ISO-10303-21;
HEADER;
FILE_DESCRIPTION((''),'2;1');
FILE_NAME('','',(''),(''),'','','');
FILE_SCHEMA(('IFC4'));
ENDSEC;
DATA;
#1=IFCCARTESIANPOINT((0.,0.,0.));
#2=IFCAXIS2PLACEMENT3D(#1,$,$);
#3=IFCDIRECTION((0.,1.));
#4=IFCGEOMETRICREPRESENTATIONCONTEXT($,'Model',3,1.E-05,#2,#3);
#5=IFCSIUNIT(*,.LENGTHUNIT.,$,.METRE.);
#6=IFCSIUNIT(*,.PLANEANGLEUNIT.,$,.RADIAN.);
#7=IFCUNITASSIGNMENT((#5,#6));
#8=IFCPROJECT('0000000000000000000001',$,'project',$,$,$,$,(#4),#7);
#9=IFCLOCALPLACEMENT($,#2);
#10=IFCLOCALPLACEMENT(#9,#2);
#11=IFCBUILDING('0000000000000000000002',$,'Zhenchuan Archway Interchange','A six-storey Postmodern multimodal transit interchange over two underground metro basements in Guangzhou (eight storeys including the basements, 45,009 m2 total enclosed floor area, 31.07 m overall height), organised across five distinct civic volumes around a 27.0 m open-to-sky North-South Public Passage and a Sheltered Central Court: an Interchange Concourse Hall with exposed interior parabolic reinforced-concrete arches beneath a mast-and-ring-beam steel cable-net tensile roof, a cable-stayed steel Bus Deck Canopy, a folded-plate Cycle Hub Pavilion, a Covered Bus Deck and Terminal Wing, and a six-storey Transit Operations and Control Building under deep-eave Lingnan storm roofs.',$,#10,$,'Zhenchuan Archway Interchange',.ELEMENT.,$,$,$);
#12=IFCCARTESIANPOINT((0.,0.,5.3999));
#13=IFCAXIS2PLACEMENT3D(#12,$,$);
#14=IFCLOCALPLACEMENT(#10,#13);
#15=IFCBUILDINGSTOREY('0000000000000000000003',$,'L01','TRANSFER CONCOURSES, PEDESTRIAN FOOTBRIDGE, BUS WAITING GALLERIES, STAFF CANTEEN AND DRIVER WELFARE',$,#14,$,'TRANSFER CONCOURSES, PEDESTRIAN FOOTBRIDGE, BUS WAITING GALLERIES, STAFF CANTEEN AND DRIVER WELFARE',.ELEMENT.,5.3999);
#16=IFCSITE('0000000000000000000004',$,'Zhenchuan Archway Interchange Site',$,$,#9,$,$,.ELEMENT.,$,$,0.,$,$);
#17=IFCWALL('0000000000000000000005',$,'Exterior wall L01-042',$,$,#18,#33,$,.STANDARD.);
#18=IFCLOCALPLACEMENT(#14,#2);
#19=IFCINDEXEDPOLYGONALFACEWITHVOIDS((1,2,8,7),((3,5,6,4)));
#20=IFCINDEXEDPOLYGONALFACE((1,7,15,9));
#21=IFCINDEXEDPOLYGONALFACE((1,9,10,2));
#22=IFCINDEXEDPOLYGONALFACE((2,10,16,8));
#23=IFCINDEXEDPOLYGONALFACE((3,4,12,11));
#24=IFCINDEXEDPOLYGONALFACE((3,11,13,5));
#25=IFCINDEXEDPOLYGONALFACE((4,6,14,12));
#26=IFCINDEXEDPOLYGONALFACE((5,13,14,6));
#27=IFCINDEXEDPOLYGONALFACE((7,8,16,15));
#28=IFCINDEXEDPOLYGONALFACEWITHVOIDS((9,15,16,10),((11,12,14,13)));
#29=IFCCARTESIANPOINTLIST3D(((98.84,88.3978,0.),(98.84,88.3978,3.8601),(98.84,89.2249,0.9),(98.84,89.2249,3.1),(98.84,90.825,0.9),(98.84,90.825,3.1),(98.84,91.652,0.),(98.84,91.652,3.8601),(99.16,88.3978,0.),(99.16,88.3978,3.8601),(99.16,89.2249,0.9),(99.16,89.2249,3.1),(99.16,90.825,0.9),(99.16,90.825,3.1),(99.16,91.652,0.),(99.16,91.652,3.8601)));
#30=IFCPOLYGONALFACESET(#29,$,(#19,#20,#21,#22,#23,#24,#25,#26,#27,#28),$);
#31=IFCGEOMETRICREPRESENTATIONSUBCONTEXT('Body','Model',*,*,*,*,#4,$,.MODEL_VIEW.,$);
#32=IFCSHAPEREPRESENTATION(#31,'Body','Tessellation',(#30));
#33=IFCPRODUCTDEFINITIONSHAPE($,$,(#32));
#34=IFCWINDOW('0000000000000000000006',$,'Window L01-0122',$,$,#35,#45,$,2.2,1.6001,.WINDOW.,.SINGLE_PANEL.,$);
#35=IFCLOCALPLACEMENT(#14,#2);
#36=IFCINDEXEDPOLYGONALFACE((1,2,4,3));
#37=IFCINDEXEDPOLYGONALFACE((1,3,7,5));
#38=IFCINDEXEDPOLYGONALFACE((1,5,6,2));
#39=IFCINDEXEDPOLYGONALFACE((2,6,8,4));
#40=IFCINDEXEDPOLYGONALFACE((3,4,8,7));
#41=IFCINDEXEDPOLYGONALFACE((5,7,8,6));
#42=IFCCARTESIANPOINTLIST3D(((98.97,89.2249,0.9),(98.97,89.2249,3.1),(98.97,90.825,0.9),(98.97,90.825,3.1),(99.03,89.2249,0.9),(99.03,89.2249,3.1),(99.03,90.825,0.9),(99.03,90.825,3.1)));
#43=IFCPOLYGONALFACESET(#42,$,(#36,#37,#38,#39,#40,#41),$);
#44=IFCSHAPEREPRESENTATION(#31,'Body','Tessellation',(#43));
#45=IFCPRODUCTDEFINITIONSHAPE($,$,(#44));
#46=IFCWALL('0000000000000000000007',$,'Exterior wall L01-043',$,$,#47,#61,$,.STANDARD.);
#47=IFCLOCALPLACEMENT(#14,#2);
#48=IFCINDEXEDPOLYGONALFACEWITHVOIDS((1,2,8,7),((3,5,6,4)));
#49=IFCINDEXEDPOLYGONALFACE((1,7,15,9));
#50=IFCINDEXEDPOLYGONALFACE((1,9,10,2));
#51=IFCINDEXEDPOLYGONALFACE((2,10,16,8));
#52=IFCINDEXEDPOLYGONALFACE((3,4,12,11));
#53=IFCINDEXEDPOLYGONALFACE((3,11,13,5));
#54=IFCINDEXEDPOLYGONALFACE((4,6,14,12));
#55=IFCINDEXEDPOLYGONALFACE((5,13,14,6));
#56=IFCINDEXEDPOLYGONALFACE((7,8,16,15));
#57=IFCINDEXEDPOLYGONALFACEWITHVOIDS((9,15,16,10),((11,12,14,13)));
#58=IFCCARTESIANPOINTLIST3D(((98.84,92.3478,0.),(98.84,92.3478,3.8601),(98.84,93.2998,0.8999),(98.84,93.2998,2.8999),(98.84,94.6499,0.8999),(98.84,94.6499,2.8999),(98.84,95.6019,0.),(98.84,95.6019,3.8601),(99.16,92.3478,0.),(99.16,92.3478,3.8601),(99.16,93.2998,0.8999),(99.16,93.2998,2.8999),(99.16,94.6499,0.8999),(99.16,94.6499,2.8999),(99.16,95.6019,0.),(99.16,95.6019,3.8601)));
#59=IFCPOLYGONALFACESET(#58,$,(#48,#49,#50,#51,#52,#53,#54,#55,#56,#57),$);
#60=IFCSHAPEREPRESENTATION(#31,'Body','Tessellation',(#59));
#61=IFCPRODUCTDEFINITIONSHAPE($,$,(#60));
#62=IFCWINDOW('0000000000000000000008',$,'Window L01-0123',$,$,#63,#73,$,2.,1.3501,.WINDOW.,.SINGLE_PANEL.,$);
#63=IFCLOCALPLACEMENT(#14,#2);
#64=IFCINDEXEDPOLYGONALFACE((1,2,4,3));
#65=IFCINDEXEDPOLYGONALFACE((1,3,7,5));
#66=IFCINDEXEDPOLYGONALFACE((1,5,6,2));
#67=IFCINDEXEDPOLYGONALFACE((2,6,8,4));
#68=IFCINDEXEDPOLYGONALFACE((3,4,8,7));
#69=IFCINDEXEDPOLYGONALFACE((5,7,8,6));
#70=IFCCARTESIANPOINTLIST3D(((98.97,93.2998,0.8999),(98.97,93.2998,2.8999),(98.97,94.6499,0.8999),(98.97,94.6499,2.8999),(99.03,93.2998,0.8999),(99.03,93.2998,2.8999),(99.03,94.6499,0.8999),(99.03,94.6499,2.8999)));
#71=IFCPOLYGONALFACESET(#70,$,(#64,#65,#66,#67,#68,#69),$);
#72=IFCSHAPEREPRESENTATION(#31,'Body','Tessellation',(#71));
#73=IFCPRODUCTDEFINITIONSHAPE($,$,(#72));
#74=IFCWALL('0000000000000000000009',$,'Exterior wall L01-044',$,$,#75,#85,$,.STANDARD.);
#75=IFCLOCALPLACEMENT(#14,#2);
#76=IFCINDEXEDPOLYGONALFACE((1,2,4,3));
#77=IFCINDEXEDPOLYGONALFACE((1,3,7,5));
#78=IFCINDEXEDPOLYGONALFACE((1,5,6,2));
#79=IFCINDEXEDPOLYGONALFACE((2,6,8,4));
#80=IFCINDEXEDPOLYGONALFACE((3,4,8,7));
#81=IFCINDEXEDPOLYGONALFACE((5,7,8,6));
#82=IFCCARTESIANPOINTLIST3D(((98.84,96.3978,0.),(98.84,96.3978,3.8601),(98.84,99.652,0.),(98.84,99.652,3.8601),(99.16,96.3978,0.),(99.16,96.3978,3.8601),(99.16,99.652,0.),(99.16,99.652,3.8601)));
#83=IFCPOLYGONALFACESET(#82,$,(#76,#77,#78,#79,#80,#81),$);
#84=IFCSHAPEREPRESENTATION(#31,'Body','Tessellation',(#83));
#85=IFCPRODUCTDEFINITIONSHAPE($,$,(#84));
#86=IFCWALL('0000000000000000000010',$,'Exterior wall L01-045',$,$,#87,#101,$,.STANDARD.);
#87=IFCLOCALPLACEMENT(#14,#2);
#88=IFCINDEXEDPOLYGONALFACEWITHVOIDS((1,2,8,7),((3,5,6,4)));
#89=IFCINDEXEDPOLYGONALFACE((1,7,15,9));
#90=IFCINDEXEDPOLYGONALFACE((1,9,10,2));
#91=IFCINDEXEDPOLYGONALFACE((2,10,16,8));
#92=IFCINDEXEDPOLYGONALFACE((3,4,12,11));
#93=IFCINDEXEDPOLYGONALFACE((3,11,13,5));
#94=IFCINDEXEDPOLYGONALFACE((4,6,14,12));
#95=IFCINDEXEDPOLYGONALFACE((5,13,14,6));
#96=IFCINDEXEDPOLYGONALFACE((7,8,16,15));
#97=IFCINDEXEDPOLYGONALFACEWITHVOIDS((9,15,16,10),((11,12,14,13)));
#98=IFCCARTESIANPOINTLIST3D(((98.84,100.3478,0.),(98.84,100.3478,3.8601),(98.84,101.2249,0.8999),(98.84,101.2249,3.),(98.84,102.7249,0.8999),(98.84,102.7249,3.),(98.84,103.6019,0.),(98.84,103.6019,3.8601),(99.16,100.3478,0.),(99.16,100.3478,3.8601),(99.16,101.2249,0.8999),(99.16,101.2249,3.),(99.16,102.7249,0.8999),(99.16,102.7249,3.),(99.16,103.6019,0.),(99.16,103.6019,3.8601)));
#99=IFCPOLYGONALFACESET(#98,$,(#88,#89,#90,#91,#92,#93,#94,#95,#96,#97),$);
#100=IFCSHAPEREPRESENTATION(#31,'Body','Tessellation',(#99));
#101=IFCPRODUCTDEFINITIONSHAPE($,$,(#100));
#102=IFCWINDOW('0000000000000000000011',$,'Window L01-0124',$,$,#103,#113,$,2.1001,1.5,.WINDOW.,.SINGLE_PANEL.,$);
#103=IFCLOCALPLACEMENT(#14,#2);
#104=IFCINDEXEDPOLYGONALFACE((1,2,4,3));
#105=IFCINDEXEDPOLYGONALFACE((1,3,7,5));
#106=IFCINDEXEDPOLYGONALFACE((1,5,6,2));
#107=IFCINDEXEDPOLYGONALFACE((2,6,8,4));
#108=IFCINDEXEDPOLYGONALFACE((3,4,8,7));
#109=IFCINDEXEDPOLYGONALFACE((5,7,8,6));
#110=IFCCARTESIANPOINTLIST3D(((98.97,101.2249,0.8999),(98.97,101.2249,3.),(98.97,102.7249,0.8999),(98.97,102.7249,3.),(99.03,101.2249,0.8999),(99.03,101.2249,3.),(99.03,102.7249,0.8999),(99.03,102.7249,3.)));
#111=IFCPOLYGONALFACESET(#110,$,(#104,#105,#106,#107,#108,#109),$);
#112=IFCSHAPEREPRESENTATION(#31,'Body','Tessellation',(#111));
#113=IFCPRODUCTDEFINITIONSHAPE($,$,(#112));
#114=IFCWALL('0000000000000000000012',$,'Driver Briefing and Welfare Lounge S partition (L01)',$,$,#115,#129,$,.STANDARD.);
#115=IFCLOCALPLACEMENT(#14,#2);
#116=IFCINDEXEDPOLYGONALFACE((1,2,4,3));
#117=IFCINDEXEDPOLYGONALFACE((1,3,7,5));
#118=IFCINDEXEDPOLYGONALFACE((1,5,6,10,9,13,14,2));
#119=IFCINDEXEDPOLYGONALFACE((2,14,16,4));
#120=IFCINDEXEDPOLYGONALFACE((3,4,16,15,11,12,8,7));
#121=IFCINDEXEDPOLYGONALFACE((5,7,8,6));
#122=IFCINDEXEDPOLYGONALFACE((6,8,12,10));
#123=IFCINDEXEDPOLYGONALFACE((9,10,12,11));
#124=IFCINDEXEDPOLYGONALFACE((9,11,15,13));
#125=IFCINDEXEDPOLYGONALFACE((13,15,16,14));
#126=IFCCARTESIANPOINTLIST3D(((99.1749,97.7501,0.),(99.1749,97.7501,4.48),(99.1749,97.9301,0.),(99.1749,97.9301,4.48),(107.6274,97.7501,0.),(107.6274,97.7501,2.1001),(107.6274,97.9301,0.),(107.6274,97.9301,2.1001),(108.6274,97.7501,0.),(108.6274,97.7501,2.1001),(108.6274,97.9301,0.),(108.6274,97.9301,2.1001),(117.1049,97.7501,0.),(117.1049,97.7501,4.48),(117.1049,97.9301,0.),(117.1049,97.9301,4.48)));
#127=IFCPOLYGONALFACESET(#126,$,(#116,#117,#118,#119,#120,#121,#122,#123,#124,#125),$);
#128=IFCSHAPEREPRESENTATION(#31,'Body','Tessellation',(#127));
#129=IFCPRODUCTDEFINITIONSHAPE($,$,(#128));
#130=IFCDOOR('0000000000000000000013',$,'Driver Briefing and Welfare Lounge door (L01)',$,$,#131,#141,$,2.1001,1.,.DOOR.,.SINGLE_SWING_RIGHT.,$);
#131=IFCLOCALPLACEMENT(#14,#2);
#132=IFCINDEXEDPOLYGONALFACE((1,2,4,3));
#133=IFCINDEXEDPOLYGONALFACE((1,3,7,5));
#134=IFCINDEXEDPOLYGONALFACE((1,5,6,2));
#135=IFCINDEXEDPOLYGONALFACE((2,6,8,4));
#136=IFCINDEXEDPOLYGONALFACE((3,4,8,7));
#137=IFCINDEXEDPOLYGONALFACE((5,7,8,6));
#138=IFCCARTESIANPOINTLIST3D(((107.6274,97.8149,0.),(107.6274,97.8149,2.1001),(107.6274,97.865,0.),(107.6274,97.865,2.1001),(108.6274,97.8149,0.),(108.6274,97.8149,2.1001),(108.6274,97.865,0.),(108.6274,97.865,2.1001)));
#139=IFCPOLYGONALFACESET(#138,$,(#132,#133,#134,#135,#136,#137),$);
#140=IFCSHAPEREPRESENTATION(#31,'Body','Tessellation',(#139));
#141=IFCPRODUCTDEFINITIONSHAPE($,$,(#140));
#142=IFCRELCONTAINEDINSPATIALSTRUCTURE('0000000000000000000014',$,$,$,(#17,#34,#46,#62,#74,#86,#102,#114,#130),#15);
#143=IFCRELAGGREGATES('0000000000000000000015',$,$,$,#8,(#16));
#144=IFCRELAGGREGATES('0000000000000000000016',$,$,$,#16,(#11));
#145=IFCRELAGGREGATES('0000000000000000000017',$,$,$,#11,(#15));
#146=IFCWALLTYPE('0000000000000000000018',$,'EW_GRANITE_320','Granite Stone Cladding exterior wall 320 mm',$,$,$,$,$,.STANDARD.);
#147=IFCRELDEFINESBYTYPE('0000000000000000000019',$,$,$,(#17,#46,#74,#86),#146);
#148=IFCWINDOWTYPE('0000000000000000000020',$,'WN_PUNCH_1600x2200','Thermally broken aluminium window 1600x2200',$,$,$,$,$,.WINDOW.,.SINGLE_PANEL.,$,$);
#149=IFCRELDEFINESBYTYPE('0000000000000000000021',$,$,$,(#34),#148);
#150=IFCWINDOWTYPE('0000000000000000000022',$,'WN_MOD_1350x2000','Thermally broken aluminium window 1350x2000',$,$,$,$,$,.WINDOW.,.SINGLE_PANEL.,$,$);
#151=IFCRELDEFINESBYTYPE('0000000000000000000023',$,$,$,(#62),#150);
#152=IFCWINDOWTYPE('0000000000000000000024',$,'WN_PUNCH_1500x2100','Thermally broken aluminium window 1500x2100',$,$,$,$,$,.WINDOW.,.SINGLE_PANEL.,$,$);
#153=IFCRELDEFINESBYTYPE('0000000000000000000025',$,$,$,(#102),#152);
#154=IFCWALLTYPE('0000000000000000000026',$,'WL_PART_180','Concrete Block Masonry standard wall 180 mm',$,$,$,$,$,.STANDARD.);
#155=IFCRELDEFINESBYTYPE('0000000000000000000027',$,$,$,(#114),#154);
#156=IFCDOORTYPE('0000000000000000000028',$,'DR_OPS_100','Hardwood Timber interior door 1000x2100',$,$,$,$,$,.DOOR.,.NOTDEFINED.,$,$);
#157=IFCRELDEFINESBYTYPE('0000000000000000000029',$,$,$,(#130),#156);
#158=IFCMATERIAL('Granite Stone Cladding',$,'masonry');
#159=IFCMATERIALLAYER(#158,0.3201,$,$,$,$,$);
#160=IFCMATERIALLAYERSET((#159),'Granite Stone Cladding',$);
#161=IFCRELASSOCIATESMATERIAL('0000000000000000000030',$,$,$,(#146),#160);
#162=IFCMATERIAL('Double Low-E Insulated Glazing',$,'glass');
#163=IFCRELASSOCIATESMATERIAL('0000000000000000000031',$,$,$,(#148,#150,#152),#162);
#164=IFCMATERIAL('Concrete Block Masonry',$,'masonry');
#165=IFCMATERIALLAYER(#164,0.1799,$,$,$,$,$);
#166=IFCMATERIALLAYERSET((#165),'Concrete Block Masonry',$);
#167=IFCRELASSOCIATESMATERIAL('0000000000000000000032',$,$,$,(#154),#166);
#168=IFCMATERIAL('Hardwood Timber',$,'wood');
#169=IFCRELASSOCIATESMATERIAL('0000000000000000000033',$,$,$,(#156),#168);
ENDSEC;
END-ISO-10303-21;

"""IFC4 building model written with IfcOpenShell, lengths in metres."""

from ifc_helpers import new_model, si_unit, direction, frame, frame_2d, origin, place, context, subcontext, project, spatial, rectangle, extrude, material, layer, layer_set, type_object, element, fill, save


model = new_model("IFC4")

# Units and contexts
model_context = context("Model", 3, precision=1e-05, world=origin(), true_north=direction((0.0, 1.0)))
body_context = subcontext(model_context, "Body", "Model", "MODEL_VIEW")
ifc_project = project(units=[si_unit("LENGTHUNIT", "METRE"), si_unit("PLANEANGLEUNIT", "RADIAN")], contexts=[model_context])

# Site, building, storey
site_placement = place(None, origin())
site = spatial("IfcSite", under=ifc_project, at=site_placement, Name="Zhenchuan Archway Interchange Site", CompositionType="ELEMENT", RefElevation=0.0)
building_placement = place(site_placement, origin())
building = spatial("IfcBuilding", under=site, at=building_placement, Name="Zhenchuan Archway Interchange", Description="A six-storey Postmodern multimodal transit interchange over two underground metro basements in Guangzhou (eight storeys including the basements, 45,009 m2 total enclosed floor area, 31.07 m overall height), organised across five distinct civic volumes around a 27.0 m open-to-sky North-South Public Passage and a Sheltered Central Court: an Interchange Concourse Hall with exposed interior parabolic reinforced-concrete arches beneath a mast-and-ring-beam steel cable-net tensile roof, a cable-stayed steel Bus Deck Canopy, a folded-plate Cycle Hub Pavilion, a Covered Bus Deck and Terminal Wing, and a six-storey Transit Operations and Control Building under deep-eave Lingnan storm roofs.", LongName="Zhenchuan Archway Interchange", CompositionType="ELEMENT")
storey_placement = place(building_placement, frame((0.0, 0.0, 5.3999)))
storey = spatial("IfcBuildingStorey", under=building, at=storey_placement, Name="L01", Description="TRANSFER CONCOURSES, PEDESTRIAN FOOTBRIDGE, BUS WAITING GALLERIES, STAFF CANTEEN AND DRIVER WELFARE", LongName="TRANSFER CONCOURSES, PEDESTRIAN FOOTBRIDGE, BUS WAITING GALLERIES, STAFF CANTEEN AND DRIVER WELFARE", CompositionType="ELEMENT", Elevation=5.3999)

# Shared definitions
ifc_material_1 = material(Name="Double Low-E Insulated Glazing", Category="glass")

# Walls, openings, windows
ifc_material_2 = material(Name="Granite Stone Cladding", Category="masonry")
ifc_layer_1 = layer(ifc_material_2, 0.3201)
ifc_layer_set_1 = layer_set([ifc_layer_1], Name="Granite Stone Cladding")
wall_type_1 = type_object("IfcWallType", Name="EW_GRANITE_320", Description="Granite Stone Cladding exterior wall 320 mm", PredefinedType="STANDARD", material=ifc_layer_set_1)
wall_1_placement = place(storey_placement, frame((99.0, 88.3979, 0.0), z_axis=(0.0, 0.0, 1.0), x_axis=(0.0, 1.0, 0.0)))
wall_1 = element("IfcWall", 1, at=wall_1_placement, inside=storey, type_object=wall_type_1, Name="Exterior wall L01-042", PredefinedType="STANDARD", context=body_context, shape_type="SweptSolid", body=[
    extrude(rectangle(XDim=3.2542, YDim=0.3201, at=frame_2d((1.627, 0.0))), origin(), (0.0, 0.0, 1.0), 3.8601),
])
opening_1_placement = place(wall_1_placement, frame((0.8269, 0.0, 0.8999)))
opening_1 = element("IfcOpeningElement", 2, at=opening_1_placement, cuts=wall_1, PredefinedType="OPENING", context=body_context, shape_type="SweptSolid", body=[
    extrude(rectangle(XDim=1.6001, YDim=2.2, at=frame_2d((0.8, 1.1001))), frame((0.0, 0.1719, 0.0), z_axis=(0.0, -1.0, 0.0), x_axis=(1.0, 0.0, 0.0)), (0.0, 0.0, 1.0), 0.344),
])
window_type_1 = type_object("IfcWindowType", Name="WN_PUNCH_1600x2200", Description="Thermally broken aluminium window 1600x2200", PartitioningType="SINGLE_PANEL", PredefinedType="WINDOW", material=ifc_material_1)
window_1_placement = place(opening_1_placement, origin())
window_1 = element("IfcWindow", 3, at=window_1_placement, inside=storey, type_object=window_type_1, Name="Window L01-0122", OverallHeight=2.2, OverallWidth=1.6001, PartitioningType="SINGLE_PANEL", PredefinedType="WINDOW", context=body_context, shape_type="SweptSolid", body=[
    extrude(rectangle(XDim=1.6001, YDim=2.2, at=frame_2d((0.8, 1.1001))), frame((0.0, 0.03, 0.0), z_axis=(0.0, -1.0, 0.0), x_axis=(1.0, 0.0, 0.0)), (0.0, 0.0, 1.0), 0.0601),
])
fill(opening_1, window_1)
wall_2_placement = place(storey_placement, frame((99.0, 92.3479, 0.0), z_axis=(0.0, 0.0, 1.0), x_axis=(0.0, 1.0, 0.0)))
wall_2 = element("IfcWall", 4, at=wall_2_placement, inside=storey, type_object=wall_type_1, Name="Exterior wall L01-043", PredefinedType="STANDARD", context=body_context, shape_type="SweptSolid", body=[
    extrude(rectangle(XDim=3.2542, YDim=0.3201, at=frame_2d((1.627, 0.0))), origin(), (0.0, 0.0, 1.0), 3.8601),
])
opening_2_placement = place(wall_2_placement, frame((0.9519, 0.0, 0.8999)))
opening_2 = element("IfcOpeningElement", 5, at=opening_2_placement, cuts=wall_2, PredefinedType="OPENING", context=body_context, shape_type="SweptSolid", body=[
    extrude(rectangle(XDim=1.3501, YDim=2.0, at=frame_2d((0.675, 1.0))), frame((0.0, 0.1719, 0.0), z_axis=(0.0, -1.0, 0.0), x_axis=(1.0, 0.0, 0.0)), (0.0, 0.0, 1.0), 0.344),
])
window_type_2 = type_object("IfcWindowType", Name="WN_MOD_1350x2000", Description="Thermally broken aluminium window 1350x2000", PartitioningType="SINGLE_PANEL", PredefinedType="WINDOW", material=ifc_material_1)
window_2_placement = place(opening_2_placement, origin())
window_2 = element("IfcWindow", 6, at=window_2_placement, inside=storey, type_object=window_type_2, Name="Window L01-0123", OverallHeight=2.0, OverallWidth=1.3501, PartitioningType="SINGLE_PANEL", PredefinedType="WINDOW", context=body_context, shape_type="SweptSolid", body=[
    extrude(rectangle(XDim=1.3501, YDim=2.0, at=frame_2d((0.675, 1.0))), frame((0.0, 0.03, 0.0), z_axis=(0.0, -1.0, 0.0), x_axis=(1.0, 0.0, 0.0)), (0.0, 0.0, 1.0), 0.0601),
])
fill(opening_2, window_2)

# Wall
wall_3_placement = place(storey_placement, frame((99.0, 96.3979, 0.0), z_axis=(0.0, 0.0, 1.0), x_axis=(0.0, 1.0, 0.0)))
element("IfcWall", 7, at=wall_3_placement, inside=storey, type_object=wall_type_1, Name="Exterior wall L01-044", PredefinedType="STANDARD", context=body_context, shape_type="SweptSolid", body=[
    extrude(rectangle(XDim=3.2542, YDim=0.3201, at=frame_2d((1.627, 0.0))), origin(), (0.0, 0.0, 1.0), 3.8601),
])

# Wall, opening, window
wall_4_placement = place(storey_placement, frame((99.0, 100.3479, 0.0), z_axis=(0.0, 0.0, 1.0), x_axis=(0.0, 1.0, 0.0)))
wall_4 = element("IfcWall", 8, at=wall_4_placement, inside=storey, type_object=wall_type_1, Name="Exterior wall L01-045", PredefinedType="STANDARD", context=body_context, shape_type="SweptSolid", body=[
    extrude(rectangle(XDim=3.2542, YDim=0.3201, at=frame_2d((1.627, 0.0))), origin(), (0.0, 0.0, 1.0), 3.8601),
])
opening_3_placement = place(wall_4_placement, frame((0.877, 0.0, 0.8999)))
opening_3 = element("IfcOpeningElement", 9, at=opening_3_placement, cuts=wall_4, PredefinedType="OPENING", context=body_context, shape_type="SweptSolid", body=[
    extrude(rectangle(XDim=1.5, YDim=2.1001, at=frame_2d((0.75, 1.05))), frame((0.0, 0.1719, 0.0), z_axis=(0.0, -1.0, 0.0), x_axis=(1.0, 0.0, 0.0)), (0.0, 0.0, 1.0), 0.344),
])
window_type_3 = type_object("IfcWindowType", Name="WN_PUNCH_1500x2100", Description="Thermally broken aluminium window 1500x2100", PartitioningType="SINGLE_PANEL", PredefinedType="WINDOW", material=ifc_material_1)
window_3_placement = place(opening_3_placement, origin())
window_3 = element("IfcWindow", 10, at=window_3_placement, inside=storey, type_object=window_type_3, Name="Window L01-0124", OverallHeight=2.1001, OverallWidth=1.5, PartitioningType="SINGLE_PANEL", PredefinedType="WINDOW", context=body_context, shape_type="SweptSolid", body=[
    extrude(rectangle(XDim=1.5, YDim=2.1001, at=frame_2d((0.75, 1.05))), frame((0.0, 0.03, 0.0), z_axis=(0.0, -1.0, 0.0), x_axis=(1.0, 0.0, 0.0)), (0.0, 0.0, 1.0), 0.0601),
])
fill(opening_3, window_3)

# Wall, opening, door
ifc_material_3 = material(Name="Concrete Block Masonry", Category="masonry")
ifc_layer_2 = layer(ifc_material_3, 0.1799)
ifc_layer_set_2 = layer_set([ifc_layer_2], Name="Concrete Block Masonry")
wall_type_2 = type_object("IfcWallType", Name="WL_PART_180", Description="Concrete Block Masonry standard wall 180 mm", PredefinedType="STANDARD", material=ifc_layer_set_2)
wall_5_placement = place(storey_placement, frame((99.175, 97.8401, 0.0), z_axis=(0.0, 0.0, 1.0), x_axis=(1.0, 0.0, 0.0)))
wall_5 = element("IfcWall", 11, at=wall_5_placement, inside=storey, type_object=wall_type_2, Name="Driver Briefing and Welfare Lounge S partition (L01)", PredefinedType="STANDARD", context=body_context, shape_type="SweptSolid", body=[
    extrude(rectangle(XDim=17.9299, YDim=0.1799, at=frame_2d((8.9648, 0.0))), origin(), (0.0, 0.0, 1.0), 4.48),
])
opening_4_placement = place(wall_5_placement, frame((8.4524, 0.0, 0.0)))
opening_4 = element("IfcOpeningElement", 12, at=opening_4_placement, cuts=wall_5, PredefinedType="OPENING", context=body_context, shape_type="SweptSolid", body=[
    extrude(rectangle(XDim=1.0, YDim=2.1001, at=frame_2d((0.5, 1.05))), frame((0.0, 0.1021, 0.0), z_axis=(0.0, -1.0, 0.0), x_axis=(1.0, 0.0, 0.0)), (0.0, 0.0, 1.0), 0.2039),
])
ifc_material_4 = material(Name="Hardwood Timber", Category="wood")
door_type = type_object("IfcDoorType", Name="DR_OPS_100", Description="Hardwood Timber interior door 1000x2100", OperationType="NOTDEFINED", PredefinedType="DOOR", material=ifc_material_4)
door_placement = place(opening_4_placement, origin())
door = element("IfcDoor", 13, at=door_placement, inside=storey, type_object=door_type, Name="Driver Briefing and Welfare Lounge door (L01)", OperationType="SINGLE_SWING_RIGHT", OverallHeight=2.1001, OverallWidth=1.0, PredefinedType="DOOR", context=body_context, shape_type="SweptSolid", body=[
    extrude(rectangle(XDim=1.0, YDim=2.1001, at=frame_2d((0.5, 1.05))), frame((0.0, 0.0249, 0.0), z_axis=(0.0, -1.0, 0.0), x_axis=(1.0, 0.0, 0.0)), (0.0, 0.0, 1.0), 0.05),
])
fill(opening_4, door)

save(model, "model.ifc")
